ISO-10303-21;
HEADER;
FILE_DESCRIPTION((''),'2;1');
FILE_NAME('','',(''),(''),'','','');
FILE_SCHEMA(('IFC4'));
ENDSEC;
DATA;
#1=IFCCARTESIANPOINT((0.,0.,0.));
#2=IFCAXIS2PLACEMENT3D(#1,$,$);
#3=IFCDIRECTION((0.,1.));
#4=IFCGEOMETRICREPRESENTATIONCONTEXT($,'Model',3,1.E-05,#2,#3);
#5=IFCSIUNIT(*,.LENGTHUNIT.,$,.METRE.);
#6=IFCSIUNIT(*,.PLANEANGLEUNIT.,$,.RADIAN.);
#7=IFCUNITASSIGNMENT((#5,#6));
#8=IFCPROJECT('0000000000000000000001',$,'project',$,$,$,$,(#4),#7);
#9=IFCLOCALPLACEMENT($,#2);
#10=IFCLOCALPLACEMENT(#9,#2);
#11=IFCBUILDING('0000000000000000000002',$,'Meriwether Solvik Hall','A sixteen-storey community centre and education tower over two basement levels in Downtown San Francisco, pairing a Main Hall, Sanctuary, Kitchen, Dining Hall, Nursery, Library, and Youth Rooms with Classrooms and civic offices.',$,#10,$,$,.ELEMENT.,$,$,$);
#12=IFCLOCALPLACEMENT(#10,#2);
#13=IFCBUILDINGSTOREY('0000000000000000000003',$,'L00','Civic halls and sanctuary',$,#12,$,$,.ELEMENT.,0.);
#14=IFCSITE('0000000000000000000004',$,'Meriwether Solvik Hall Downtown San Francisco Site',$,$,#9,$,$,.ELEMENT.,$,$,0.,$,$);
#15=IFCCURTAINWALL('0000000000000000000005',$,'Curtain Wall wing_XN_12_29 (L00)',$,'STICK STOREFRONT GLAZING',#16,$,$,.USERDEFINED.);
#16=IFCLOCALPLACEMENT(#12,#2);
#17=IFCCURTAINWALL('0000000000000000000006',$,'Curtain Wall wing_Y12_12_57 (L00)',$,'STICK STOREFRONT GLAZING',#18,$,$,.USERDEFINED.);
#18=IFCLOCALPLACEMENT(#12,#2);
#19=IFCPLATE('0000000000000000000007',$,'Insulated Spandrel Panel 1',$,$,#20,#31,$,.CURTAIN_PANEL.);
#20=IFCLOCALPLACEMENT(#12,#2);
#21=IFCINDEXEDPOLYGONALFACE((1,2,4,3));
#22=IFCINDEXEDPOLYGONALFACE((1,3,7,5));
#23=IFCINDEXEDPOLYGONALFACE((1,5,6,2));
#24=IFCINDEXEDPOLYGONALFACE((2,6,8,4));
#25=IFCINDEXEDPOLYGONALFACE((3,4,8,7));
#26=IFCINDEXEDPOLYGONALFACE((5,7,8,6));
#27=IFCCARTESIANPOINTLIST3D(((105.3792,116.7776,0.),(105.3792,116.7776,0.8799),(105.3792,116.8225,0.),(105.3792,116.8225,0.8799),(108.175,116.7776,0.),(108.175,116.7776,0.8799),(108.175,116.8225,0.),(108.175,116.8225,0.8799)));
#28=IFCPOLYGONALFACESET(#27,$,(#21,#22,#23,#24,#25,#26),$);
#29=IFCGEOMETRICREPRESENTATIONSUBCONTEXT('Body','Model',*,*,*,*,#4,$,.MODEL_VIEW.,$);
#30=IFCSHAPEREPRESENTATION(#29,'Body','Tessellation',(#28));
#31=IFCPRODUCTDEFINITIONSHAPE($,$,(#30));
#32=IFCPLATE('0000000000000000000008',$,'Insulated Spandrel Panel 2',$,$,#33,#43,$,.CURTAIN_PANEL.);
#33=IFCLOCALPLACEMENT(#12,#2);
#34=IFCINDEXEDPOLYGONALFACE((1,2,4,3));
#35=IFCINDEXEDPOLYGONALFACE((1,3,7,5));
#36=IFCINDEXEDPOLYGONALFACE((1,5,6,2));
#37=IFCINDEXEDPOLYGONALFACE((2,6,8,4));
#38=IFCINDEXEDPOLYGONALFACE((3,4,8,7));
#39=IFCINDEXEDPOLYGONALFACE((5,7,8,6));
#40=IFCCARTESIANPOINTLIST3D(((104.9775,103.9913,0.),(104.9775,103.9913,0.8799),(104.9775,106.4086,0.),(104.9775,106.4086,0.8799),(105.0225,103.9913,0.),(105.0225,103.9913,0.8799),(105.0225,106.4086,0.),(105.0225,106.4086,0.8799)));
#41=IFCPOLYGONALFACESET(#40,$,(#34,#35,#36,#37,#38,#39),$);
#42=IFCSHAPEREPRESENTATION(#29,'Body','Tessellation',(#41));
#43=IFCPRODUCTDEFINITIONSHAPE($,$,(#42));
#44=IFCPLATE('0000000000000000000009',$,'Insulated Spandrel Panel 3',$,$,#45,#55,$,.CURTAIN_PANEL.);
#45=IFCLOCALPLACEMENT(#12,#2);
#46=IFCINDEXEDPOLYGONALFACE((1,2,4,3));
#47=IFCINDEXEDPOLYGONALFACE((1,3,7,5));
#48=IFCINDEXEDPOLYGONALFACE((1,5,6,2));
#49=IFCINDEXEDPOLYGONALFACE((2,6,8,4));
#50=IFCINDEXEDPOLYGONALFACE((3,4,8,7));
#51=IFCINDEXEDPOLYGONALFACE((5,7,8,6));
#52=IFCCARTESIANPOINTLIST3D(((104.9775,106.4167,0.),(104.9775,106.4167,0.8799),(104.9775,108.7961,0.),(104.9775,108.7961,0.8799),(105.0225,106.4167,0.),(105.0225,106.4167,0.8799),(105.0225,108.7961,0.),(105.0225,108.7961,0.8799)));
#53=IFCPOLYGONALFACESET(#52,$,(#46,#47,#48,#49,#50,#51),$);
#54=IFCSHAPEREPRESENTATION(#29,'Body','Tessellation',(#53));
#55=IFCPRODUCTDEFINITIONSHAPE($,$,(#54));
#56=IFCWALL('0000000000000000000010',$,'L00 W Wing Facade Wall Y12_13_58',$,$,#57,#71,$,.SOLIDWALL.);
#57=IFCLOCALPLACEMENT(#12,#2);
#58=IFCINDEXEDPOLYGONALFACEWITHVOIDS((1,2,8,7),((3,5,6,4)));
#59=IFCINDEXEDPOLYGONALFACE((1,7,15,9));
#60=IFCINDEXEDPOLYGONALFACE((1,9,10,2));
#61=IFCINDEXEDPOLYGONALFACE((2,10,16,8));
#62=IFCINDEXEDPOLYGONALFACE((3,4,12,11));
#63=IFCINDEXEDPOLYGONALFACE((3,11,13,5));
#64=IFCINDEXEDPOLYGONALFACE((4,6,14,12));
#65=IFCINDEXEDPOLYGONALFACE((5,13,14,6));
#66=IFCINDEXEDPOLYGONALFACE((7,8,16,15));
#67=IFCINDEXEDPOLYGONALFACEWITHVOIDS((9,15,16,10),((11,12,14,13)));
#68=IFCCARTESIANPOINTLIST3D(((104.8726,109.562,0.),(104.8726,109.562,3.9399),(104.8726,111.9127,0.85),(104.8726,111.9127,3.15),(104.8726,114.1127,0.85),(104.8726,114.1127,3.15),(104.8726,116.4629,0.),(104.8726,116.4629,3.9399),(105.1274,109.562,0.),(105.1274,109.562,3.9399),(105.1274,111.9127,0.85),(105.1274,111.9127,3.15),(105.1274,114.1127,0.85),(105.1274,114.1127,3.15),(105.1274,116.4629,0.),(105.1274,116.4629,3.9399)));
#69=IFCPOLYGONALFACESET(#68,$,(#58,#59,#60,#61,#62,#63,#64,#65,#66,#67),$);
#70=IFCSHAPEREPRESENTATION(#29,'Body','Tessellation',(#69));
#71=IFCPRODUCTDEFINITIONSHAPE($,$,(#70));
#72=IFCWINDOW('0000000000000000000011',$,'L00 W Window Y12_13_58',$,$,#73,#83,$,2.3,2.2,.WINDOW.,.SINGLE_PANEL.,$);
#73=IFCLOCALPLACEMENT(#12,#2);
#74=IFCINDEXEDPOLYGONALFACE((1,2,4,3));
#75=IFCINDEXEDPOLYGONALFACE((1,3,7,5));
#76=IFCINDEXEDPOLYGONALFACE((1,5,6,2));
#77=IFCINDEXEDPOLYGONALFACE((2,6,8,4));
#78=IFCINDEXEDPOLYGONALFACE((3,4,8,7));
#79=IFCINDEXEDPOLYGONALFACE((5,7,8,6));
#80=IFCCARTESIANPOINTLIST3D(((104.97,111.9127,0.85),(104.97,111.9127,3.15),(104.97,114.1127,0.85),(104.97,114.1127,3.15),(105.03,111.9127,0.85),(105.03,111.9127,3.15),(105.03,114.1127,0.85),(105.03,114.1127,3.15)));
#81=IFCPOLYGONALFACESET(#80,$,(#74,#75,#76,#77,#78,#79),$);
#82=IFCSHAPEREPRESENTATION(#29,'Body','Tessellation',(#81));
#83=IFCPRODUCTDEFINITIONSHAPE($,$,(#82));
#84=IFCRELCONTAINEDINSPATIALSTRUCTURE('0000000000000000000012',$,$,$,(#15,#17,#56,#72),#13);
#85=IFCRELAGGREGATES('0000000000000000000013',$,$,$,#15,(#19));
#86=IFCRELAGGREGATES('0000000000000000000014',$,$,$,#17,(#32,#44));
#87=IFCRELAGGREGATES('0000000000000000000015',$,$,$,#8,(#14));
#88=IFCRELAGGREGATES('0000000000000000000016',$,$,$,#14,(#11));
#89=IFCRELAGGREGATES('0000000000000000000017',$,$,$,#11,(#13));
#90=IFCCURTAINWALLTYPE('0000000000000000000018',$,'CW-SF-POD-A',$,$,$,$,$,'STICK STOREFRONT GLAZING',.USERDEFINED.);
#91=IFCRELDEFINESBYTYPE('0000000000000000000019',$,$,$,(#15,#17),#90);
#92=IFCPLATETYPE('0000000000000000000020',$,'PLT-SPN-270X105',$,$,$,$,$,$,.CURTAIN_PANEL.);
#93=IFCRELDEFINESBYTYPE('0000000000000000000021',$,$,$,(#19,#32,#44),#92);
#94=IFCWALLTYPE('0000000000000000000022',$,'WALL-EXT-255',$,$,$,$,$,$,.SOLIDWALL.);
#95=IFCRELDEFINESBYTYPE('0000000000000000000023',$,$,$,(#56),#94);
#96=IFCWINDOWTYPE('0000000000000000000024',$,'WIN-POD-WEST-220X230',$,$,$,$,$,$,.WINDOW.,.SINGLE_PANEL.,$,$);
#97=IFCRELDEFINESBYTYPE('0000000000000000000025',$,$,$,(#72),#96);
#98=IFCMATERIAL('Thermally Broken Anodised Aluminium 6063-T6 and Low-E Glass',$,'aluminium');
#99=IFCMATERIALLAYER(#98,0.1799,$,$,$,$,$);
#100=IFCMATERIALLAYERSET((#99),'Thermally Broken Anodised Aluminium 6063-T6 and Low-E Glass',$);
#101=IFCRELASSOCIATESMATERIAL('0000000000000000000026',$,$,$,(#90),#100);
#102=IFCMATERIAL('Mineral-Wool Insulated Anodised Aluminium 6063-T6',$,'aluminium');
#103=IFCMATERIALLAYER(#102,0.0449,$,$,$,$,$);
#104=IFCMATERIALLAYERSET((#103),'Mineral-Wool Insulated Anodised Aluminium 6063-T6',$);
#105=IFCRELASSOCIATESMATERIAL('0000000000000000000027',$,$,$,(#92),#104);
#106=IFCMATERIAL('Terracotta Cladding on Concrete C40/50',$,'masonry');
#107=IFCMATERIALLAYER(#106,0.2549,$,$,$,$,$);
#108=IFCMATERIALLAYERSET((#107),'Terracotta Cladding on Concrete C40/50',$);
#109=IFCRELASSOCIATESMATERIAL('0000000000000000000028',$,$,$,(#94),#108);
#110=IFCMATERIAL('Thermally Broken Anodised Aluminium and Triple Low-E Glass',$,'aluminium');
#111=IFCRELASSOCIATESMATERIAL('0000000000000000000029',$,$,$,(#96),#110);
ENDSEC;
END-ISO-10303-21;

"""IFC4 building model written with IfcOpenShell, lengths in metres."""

from ifc_helpers import new_model, si_unit, direction, frame, frame_2d, origin, origin_2d, place, context, subcontext, project, spatial, rectangle, extrude, material, layer, layer_set, type_object, element, fill, aggregate, save


model = new_model("IFC4")

# Units and contexts
model_context = context("Model", 3, precision=1e-05, world=origin(), true_north=direction((0.0, 1.0)))
body_context = subcontext(model_context, "Body", "Model", "MODEL_VIEW")
ifc_project = project(units=[si_unit("LENGTHUNIT", "METRE"), si_unit("PLANEANGLEUNIT", "RADIAN")], contexts=[model_context])

# Site, building, storey
site_placement = place(None, origin())
site = spatial("IfcSite", under=ifc_project, at=site_placement, Name="Meriwether Solvik Hall Downtown San Francisco Site", CompositionType="ELEMENT", RefElevation=0.0)
building_placement = place(site_placement, origin())
building = spatial("IfcBuilding", under=site, at=building_placement, Name="Meriwether Solvik Hall", Description="A sixteen-storey community centre and education tower over two basement levels in Downtown San Francisco, pairing a Main Hall, Sanctuary, Kitchen, Dining Hall, Nursery, Library, and Youth Rooms with Classrooms and civic offices.", CompositionType="ELEMENT")
storey_placement = place(building_placement, origin())
storey = spatial("IfcBuildingStorey", under=building, at=storey_placement, Name="L00", Description="Civic halls and sanctuary", CompositionType="ELEMENT", Elevation=0.0)

# Curtain walls
ifc_material_1 = material(Name="Thermally Broken Anodised Aluminium 6063-T6 and Low-E Glass", Category="aluminium")
ifc_layer_1 = layer(ifc_material_1, 0.1799)
ifc_layer_set_1 = layer_set([ifc_layer_1], Name="Thermally Broken Anodised Aluminium 6063-T6 and Low-E Glass")
curtain_wall_type = type_object("IfcCurtainWallType", Name="CW-SF-POD-A", ElementType="STICK STOREFRONT GLAZING", PredefinedType="USERDEFINED", material=ifc_layer_set_1)
curtain_wall_1_placement = place(storey_placement, origin())
curtain_wall_1 = element("IfcCurtainWall", 1, at=curtain_wall_1_placement, inside=storey, type_object=curtain_wall_type, Name="Curtain Wall wing_XN_12_29 (L00)", ObjectType="STICK STOREFRONT GLAZING", PredefinedType="USERDEFINED")
curtain_wall_2_placement = place(storey_placement, origin())
curtain_wall_2 = element("IfcCurtainWall", 2, at=curtain_wall_2_placement, inside=storey, type_object=curtain_wall_type, Name="Curtain Wall wing_Y12_12_57 (L00)", ObjectType="STICK STOREFRONT GLAZING", PredefinedType="USERDEFINED")

# Plates
ifc_material_2 = material(Name="Mineral-Wool Insulated Anodised Aluminium 6063-T6", Category="aluminium")
ifc_layer_2 = layer(ifc_material_2, 0.0449)
ifc_layer_set_2 = layer_set([ifc_layer_2], Name="Mineral-Wool Insulated Anodised Aluminium 6063-T6")
plate_type_1 = type_object("IfcPlateType", Name="PLT-SPN-270X105", PredefinedType="CURTAIN_PANEL", material=ifc_layer_set_2)
plate_1_placement = place(storey_placement, frame((106.7771, 116.8, 0.0), z_axis=(0.0, 0.0, 1.0), x_axis=(1.0, 0.0, 0.0)))
plate_1 = element("IfcPlate", 3, at=plate_1_placement, type_object=plate_type_1, Name="Insulated Spandrel Panel 1", PredefinedType="CURTAIN_PANEL", context=body_context, shape_type="SweptSolid", body=[
    extrude(rectangle(XDim=2.7959, YDim=0.0449, at=origin_2d()), origin(), (0.0, 0.0, 1.0), 0.8799),
])
aggregate(curtain_wall_1, [plate_1])
plate_2_placement = place(storey_placement, frame((105.0, 105.2, 0.0), z_axis=(0.0, 0.0, 1.0), x_axis=(0.0, 1.0, 0.0)))
plate_2 = element("IfcPlate", 4, at=plate_2_placement, type_object=plate_type_1, Name="Insulated Spandrel Panel 2", PredefinedType="CURTAIN_PANEL", context=body_context, shape_type="SweptSolid", body=[
    extrude(rectangle(XDim=2.4172, YDim=0.0449, at=origin_2d()), origin(), (0.0, 0.0, 1.0), 0.8799),
])
plate_3_placement = place(storey_placement, frame((105.0, 107.6064, 0.0), z_axis=(0.0, 0.0, 1.0), x_axis=(0.0, 1.0, 0.0)))
plate_3 = element("IfcPlate", 5, at=plate_3_placement, type_object=plate_type_1, Name="Insulated Spandrel Panel 3", PredefinedType="CURTAIN_PANEL", context=body_context, shape_type="SweptSolid", body=[
    extrude(rectangle(XDim=2.3794, YDim=0.0449, at=origin_2d()), origin(), (0.0, 0.0, 1.0), 0.8799),
])
aggregate(curtain_wall_2, [plate_2, plate_3])

# Wall, opening, window
ifc_material_3 = material(Name="Terracotta Cladding on Concrete C40/50", Category="masonry")
ifc_layer_3 = layer(ifc_material_3, 0.2549)
ifc_layer_set_3 = layer_set([ifc_layer_3], Name="Terracotta Cladding on Concrete C40/50")
wall_type = type_object("IfcWallType", Name="WALL-EXT-255", PredefinedType="SOLIDWALL", material=ifc_layer_set_3)
wall_placement = place(storey_placement, frame((105.0, 109.562, 0.0), z_axis=(0.0, 0.0, 1.0), x_axis=(0.0, 1.0, 0.0)))
wall = element("IfcWall", 6, at=wall_placement, inside=storey, type_object=wall_type, Name="L00 W Wing Facade Wall Y12_13_58", PredefinedType="SOLIDWALL", context=body_context, shape_type="SweptSolid", body=[
    extrude(rectangle(XDim=6.9009, YDim=0.2549, at=frame_2d((3.4504, 0.0))), origin(), (0.0, 0.0, 1.0), 3.9399),
])
opening_placement = place(wall_placement, frame((2.3506, 0.0, 0.8501)))
opening = element("IfcOpeningElement", 7, at=opening_placement, cuts=wall, PredefinedType="OPENING", context=body_context, shape_type="SweptSolid", body=[
    extrude(rectangle(XDim=2.2, YDim=2.3, at=frame_2d((1.1001, 1.1499))), frame((0.0, 0.1394, 0.0), z_axis=(0.0, -1.0, 0.0), x_axis=(1.0, 0.0, 0.0)), (0.0, 0.0, 1.0), 0.2788),
])
ifc_material_4 = material(Name="Thermally Broken Anodised Aluminium and Triple Low-E Glass", Category="aluminium")
window_type = type_object("IfcWindowType", Name="WIN-POD-WEST-220X230", PartitioningType="SINGLE_PANEL", PredefinedType="WINDOW", material=ifc_material_4)
window_placement = place(opening_placement, origin())
window = element("IfcWindow", 8, at=window_placement, inside=storey, type_object=window_type, Name="L00 W Window Y12_13_58", OverallHeight=2.3, OverallWidth=2.2, PartitioningType="SINGLE_PANEL", PredefinedType="WINDOW", context=body_context, shape_type="SweptSolid", body=[
    extrude(rectangle(XDim=2.2, YDim=2.3, at=frame_2d((1.1001, 1.1499))), frame((0.0, 0.03, 0.0), z_axis=(0.0, -1.0, 0.0), x_axis=(1.0, 0.0, 0.0)), (0.0, 0.0, 1.0), 0.0601),
])
fill(opening, window)

save(model, "model.ifc")
